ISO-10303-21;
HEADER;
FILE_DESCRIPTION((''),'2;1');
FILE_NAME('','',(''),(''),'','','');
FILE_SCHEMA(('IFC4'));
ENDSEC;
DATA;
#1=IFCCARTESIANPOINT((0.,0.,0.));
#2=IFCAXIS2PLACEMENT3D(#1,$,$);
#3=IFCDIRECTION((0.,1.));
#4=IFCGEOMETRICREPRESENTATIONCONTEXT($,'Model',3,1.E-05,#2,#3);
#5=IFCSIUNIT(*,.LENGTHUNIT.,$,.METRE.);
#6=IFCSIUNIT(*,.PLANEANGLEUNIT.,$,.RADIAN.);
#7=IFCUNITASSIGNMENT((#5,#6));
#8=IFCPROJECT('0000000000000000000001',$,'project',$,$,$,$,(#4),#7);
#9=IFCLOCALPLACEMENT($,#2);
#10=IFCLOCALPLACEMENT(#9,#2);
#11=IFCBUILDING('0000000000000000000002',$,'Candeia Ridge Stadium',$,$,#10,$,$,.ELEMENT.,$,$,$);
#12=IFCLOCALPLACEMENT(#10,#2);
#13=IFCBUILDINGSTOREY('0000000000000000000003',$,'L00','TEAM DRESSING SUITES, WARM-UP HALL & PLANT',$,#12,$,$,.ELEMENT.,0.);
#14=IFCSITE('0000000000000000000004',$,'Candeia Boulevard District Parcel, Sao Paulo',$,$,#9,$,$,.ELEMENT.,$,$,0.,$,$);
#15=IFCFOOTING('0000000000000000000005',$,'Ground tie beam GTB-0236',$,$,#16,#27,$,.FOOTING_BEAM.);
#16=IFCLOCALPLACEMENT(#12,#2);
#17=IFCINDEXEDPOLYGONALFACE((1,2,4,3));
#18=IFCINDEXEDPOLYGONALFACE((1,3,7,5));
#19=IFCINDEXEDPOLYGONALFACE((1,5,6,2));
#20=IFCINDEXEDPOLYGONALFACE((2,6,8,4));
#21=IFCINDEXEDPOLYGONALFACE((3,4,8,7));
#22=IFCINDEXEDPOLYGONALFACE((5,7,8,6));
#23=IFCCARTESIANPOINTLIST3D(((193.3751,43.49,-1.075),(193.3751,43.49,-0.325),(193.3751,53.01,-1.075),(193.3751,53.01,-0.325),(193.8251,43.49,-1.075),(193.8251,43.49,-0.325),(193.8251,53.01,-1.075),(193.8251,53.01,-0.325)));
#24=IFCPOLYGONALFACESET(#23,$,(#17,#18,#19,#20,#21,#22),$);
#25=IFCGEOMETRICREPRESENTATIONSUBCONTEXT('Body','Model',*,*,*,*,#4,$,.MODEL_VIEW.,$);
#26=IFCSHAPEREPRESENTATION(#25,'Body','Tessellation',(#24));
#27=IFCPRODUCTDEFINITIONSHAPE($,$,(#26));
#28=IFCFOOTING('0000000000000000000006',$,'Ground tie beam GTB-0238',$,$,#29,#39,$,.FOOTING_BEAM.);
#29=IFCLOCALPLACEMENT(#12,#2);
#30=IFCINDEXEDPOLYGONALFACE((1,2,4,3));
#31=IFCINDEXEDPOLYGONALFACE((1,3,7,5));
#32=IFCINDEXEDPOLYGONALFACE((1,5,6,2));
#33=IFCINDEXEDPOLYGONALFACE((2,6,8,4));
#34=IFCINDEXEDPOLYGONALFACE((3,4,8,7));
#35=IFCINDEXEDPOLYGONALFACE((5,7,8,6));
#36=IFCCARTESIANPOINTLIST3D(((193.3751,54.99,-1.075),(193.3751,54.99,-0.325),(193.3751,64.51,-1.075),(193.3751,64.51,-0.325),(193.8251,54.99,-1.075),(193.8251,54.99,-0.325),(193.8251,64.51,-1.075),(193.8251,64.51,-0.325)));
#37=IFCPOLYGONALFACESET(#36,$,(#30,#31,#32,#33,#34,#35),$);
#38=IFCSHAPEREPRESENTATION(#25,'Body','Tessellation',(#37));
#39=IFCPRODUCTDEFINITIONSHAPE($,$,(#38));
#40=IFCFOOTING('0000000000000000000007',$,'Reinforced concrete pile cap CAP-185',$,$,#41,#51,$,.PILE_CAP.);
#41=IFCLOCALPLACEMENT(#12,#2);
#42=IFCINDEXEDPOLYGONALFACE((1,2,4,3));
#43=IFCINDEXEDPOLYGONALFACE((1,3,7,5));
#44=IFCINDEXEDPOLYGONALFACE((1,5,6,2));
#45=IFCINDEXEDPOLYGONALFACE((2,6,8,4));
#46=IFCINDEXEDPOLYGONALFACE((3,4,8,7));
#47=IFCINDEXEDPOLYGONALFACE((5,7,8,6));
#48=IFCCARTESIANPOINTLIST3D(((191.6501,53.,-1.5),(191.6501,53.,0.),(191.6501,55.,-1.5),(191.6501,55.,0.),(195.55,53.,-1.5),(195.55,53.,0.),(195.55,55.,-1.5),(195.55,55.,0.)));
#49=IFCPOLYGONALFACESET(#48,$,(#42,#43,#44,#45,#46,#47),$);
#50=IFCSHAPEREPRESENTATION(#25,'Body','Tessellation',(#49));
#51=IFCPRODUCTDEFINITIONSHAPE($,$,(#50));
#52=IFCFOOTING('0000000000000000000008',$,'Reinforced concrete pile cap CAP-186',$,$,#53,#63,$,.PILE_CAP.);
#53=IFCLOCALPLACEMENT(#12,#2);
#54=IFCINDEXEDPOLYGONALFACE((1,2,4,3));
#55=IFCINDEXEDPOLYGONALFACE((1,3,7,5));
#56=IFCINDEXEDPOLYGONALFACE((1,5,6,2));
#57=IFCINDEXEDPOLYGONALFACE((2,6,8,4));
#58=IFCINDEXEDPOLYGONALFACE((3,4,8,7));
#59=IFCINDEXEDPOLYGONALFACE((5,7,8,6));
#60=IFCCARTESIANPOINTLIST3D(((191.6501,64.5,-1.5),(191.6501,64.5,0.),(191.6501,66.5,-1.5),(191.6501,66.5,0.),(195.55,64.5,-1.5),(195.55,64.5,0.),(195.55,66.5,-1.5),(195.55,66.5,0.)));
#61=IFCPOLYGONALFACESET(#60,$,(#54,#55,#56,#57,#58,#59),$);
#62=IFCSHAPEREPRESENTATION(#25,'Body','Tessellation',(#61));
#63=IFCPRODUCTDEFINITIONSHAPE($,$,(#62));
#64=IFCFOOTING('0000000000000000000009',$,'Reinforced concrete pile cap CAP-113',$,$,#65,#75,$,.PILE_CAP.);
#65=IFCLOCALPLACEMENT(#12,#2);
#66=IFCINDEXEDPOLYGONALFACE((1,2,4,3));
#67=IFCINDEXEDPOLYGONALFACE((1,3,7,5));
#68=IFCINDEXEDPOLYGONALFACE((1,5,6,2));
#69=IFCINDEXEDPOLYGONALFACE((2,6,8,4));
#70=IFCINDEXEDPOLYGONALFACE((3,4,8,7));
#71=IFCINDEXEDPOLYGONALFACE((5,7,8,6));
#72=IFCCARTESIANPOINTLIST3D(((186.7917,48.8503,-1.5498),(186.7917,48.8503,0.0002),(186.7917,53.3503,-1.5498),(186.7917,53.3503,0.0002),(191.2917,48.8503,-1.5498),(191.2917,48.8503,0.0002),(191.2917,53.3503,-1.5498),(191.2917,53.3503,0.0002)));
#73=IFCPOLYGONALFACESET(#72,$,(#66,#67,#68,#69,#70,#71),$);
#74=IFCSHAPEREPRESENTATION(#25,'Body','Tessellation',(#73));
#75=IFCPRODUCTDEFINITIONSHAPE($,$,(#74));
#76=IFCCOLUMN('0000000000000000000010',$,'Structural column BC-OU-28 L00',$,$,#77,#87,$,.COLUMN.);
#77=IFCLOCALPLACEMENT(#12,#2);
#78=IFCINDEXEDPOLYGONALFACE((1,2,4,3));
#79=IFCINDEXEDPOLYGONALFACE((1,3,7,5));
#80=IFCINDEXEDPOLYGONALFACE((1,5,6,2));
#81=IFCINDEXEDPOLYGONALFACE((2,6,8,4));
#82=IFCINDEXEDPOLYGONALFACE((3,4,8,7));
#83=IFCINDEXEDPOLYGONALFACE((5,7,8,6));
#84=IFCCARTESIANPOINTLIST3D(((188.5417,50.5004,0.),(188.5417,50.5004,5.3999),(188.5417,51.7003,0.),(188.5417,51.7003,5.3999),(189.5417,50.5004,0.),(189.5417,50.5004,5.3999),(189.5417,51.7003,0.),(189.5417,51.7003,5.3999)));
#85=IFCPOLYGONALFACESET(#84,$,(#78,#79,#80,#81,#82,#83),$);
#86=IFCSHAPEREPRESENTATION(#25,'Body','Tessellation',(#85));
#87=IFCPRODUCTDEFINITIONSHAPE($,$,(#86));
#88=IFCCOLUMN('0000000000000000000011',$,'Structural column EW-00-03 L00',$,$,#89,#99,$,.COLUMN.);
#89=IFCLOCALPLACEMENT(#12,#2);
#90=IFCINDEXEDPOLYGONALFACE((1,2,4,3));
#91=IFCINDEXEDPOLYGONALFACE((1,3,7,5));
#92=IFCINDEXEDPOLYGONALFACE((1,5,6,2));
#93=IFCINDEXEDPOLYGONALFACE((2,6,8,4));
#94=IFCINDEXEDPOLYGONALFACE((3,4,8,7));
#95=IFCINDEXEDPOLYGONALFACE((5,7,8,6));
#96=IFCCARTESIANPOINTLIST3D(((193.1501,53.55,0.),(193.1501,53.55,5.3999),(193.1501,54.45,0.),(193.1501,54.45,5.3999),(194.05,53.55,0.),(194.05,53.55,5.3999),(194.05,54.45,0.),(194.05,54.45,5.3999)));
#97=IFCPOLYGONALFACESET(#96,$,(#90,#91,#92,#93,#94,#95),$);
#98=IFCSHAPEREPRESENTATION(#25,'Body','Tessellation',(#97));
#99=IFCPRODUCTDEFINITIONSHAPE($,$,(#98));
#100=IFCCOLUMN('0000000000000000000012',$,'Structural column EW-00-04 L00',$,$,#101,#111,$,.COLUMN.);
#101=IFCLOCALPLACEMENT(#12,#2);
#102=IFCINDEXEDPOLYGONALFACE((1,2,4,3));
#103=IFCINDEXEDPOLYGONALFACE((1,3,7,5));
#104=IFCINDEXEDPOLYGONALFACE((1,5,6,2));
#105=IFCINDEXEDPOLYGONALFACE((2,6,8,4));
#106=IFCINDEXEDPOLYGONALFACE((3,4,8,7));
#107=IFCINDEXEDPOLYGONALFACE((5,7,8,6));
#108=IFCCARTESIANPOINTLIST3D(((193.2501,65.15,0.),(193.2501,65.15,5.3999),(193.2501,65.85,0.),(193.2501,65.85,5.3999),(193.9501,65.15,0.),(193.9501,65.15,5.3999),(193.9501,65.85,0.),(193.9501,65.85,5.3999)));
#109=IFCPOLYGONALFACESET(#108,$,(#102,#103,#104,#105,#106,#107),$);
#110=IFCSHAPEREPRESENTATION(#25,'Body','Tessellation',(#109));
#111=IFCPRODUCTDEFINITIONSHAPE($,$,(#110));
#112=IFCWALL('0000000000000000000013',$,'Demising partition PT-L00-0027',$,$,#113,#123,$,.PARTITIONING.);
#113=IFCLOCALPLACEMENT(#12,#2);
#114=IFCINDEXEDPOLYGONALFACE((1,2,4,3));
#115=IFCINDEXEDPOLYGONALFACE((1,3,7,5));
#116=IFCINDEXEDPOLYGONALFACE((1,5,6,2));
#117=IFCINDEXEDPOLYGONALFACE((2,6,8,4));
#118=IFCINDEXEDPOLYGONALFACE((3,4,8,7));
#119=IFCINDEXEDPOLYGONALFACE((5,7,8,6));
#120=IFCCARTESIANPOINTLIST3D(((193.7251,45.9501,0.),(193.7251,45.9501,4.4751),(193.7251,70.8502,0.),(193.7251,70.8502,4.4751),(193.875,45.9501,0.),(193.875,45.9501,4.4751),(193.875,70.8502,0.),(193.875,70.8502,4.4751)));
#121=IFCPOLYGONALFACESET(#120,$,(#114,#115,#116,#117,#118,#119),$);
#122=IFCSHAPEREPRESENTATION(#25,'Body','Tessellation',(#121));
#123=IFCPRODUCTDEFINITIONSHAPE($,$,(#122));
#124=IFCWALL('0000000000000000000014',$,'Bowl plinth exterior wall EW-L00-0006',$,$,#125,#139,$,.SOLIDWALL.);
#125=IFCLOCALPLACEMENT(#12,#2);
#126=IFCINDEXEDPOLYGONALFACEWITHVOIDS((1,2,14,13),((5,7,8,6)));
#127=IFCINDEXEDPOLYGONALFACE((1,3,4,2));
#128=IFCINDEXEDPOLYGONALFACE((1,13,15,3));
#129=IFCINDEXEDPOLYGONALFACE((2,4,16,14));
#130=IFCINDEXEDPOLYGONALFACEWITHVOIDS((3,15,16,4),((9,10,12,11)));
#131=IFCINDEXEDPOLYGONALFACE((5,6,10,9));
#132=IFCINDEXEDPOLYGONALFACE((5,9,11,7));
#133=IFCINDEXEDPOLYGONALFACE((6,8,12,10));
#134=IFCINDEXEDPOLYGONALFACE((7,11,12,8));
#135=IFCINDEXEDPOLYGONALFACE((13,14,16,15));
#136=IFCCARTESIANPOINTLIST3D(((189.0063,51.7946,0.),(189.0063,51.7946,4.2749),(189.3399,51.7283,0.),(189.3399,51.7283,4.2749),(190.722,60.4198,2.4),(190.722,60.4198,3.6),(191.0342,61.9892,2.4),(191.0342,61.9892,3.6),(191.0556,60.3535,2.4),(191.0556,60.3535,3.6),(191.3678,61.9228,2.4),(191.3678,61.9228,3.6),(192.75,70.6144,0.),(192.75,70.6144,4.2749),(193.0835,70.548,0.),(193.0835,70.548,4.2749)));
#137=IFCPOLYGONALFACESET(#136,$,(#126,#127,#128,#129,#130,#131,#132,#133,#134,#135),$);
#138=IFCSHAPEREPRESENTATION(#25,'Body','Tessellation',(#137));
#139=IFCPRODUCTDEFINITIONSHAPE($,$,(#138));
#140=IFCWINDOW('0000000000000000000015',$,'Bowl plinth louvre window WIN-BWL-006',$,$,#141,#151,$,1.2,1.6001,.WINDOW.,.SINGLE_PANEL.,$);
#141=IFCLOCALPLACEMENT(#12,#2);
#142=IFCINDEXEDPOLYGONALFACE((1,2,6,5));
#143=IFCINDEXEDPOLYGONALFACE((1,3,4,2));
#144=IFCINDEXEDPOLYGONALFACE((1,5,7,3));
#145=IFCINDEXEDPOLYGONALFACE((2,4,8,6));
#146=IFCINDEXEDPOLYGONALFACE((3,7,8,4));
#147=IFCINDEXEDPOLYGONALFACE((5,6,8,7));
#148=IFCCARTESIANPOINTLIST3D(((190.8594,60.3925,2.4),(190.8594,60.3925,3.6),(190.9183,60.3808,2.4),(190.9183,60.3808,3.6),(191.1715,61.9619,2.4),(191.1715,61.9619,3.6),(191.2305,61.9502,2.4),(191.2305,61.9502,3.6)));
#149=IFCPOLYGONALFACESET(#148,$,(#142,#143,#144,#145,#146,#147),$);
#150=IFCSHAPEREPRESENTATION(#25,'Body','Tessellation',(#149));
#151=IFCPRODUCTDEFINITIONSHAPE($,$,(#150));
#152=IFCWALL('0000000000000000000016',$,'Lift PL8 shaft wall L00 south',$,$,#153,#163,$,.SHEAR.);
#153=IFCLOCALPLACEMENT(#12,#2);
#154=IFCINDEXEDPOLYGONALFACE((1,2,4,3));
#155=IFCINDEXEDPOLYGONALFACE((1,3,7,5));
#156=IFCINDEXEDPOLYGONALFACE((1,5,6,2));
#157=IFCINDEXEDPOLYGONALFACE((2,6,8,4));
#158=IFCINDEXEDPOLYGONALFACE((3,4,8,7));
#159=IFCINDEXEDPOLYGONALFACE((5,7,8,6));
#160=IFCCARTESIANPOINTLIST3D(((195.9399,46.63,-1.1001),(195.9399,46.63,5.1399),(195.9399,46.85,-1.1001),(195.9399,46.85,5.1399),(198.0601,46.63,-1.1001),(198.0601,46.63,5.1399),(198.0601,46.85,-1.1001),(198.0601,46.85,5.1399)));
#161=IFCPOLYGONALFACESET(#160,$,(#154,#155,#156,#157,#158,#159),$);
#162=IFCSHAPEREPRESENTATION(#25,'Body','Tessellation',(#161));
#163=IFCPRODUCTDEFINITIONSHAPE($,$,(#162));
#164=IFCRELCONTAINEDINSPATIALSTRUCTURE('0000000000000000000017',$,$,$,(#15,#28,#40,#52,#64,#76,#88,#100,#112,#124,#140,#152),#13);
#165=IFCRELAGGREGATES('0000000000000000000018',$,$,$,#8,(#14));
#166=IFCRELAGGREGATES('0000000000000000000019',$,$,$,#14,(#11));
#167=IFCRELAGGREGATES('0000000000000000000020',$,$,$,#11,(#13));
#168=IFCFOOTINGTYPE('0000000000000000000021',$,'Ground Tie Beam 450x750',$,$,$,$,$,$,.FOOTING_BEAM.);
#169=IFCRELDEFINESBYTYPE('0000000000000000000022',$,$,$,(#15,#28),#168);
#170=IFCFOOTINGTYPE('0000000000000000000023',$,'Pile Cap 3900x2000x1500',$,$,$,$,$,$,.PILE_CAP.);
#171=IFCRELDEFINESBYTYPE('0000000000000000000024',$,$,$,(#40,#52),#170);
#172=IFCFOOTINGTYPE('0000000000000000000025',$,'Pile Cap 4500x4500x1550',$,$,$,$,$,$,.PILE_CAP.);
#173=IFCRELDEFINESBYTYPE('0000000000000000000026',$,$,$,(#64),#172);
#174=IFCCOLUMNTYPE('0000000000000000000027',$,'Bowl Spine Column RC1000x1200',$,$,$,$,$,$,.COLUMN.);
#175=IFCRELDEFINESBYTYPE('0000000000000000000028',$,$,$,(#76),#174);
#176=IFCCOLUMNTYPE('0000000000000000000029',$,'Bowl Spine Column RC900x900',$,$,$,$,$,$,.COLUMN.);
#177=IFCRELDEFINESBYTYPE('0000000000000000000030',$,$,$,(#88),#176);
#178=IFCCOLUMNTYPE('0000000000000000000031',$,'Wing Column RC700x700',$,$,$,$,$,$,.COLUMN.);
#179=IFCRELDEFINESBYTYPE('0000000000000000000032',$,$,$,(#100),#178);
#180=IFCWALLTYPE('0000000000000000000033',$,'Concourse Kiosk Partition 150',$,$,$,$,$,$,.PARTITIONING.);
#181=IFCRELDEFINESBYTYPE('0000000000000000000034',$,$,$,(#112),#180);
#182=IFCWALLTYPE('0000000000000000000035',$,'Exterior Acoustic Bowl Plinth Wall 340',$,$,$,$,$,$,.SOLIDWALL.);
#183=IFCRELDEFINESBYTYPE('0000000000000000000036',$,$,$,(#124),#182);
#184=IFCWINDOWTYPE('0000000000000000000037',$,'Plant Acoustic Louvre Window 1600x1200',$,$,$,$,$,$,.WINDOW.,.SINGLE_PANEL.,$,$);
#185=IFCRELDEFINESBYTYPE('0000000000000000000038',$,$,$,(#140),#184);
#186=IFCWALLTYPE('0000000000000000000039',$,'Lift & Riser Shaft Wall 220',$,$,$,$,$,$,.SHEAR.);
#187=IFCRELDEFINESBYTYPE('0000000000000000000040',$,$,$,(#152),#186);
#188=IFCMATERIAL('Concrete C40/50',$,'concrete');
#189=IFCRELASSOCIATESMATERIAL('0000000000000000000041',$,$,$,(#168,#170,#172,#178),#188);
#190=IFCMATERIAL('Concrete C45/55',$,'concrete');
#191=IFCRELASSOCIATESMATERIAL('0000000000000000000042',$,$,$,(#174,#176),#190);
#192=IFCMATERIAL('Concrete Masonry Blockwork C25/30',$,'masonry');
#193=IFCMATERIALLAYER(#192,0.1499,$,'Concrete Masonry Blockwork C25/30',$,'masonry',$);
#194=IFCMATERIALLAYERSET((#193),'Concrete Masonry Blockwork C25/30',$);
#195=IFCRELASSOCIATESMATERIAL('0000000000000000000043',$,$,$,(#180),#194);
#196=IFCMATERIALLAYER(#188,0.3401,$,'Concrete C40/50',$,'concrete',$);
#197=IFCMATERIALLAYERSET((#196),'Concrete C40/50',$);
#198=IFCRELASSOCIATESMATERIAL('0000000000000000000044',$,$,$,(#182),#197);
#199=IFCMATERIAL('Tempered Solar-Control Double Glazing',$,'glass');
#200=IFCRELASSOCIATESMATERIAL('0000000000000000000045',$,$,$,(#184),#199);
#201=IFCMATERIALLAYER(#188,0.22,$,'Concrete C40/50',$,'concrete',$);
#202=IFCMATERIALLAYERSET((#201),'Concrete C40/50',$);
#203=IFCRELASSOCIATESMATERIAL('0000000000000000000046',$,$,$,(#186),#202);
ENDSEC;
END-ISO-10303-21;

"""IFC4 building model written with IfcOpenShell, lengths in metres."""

from ifc_helpers import new_model, si_unit, direction, frame, frame_2d, origin, origin_2d, place, context, subcontext, project, spatial, rectangle, extrude, material, layer, layer_set, material_profile, profile_set, type_object, element, fill, save


model = new_model("IFC4")

# Units and contexts
model_context = context("Model", 3, precision=1e-05, world=origin(), true_north=direction((0.0, 1.0)))
body_context = subcontext(model_context, "Body", "Model", "MODEL_VIEW")
ifc_project = project(units=[si_unit("LENGTHUNIT", "METRE"), si_unit("PLANEANGLEUNIT", "RADIAN")], contexts=[model_context])

# Site, building, storey
site_placement = place(None, origin())
site = spatial("IfcSite", under=ifc_project, at=site_placement, Name="Candeia Boulevard District Parcel, Sao Paulo", CompositionType="ELEMENT", RefElevation=0.0)
building_placement = place(site_placement, origin())
building = spatial("IfcBuilding", under=site, at=building_placement, Name="Candeia Ridge Stadium", CompositionType="ELEMENT")
storey_placement = place(building_placement, origin())
storey = spatial("IfcBuildingStorey", under=building, at=storey_placement, Name="L00", Description="TEAM DRESSING SUITES, WARM-UP HALL & PLANT", CompositionType="ELEMENT", Elevation=0.0)

# Shared definitions
ifc_material_1 = material(Name="Concrete C40/50", Category="concrete")

# Footings
footing_type_1 = type_object("IfcFootingType", Name="Ground Tie Beam 450x750", PredefinedType="FOOTING_BEAM", material=ifc_material_1)
for number, where, z_axis, x_axis, name in (
    (1, (193.6001, 48.25, -1.075), (0.0, 0.0, 1.0), (0.0, 1.0, 0.0), "Ground tie beam GTB-0236"),
    (2, (193.6001, 59.75, -1.075), (0.0, 0.0, 1.0), (0.0, 1.0, 0.0), "Ground tie beam GTB-0238"),
):
    element("IfcFooting", number, at=place(storey_placement, frame(where, z_axis=z_axis, x_axis=x_axis)), inside=storey, type_object=footing_type_1, Name=name, PredefinedType="FOOTING_BEAM", context=body_context, shape_type="SweptSolid", body=[
        extrude(rectangle(XDim=9.52, YDim=0.45, at=origin_2d()), origin(), (0.0, 0.0, 1.0), 0.75),
    ])
footing_type_2 = type_object("IfcFootingType", Name="Pile Cap 3900x2000x1500", PredefinedType="PILE_CAP", material=ifc_material_1)
for number, where, z_axis, x_axis, name in (
    (3, (193.6001, 54.0, -1.5), (0.0, 0.0, 1.0), (1.0, 0.0, 0.0), "Reinforced concrete pile cap CAP-185"),
    (4, (193.6001, 65.5, -1.5), (0.0, 0.0, 1.0), (1.0, 0.0, 0.0), "Reinforced concrete pile cap CAP-186"),
):
    element("IfcFooting", number, at=place(storey_placement, frame(where, z_axis=z_axis, x_axis=x_axis)), inside=storey, type_object=footing_type_2, Name=name, PredefinedType="PILE_CAP", context=body_context, shape_type="SweptSolid", body=[
        extrude(rectangle(XDim=3.8999, YDim=2.0, at=origin_2d()), origin(), (0.0, 0.0, 1.0), 1.5),
    ])
footing_type_3 = type_object("IfcFootingType", Name="Pile Cap 4500x4500x1550", PredefinedType="PILE_CAP", material=ifc_material_1)
footing_placement = place(storey_placement, frame((189.0417, 51.1003, -1.5498), z_axis=(0.0, 0.0, 1.0), x_axis=(1.0, 0.0, 0.0)))
element("IfcFooting", 5, at=footing_placement, inside=storey, type_object=footing_type_3, Name="Reinforced concrete pile cap CAP-113", PredefinedType="PILE_CAP", context=body_context, shape_type="SweptSolid", body=[
    extrude(rectangle(XDim=4.5, YDim=4.5, at=origin_2d()), origin(), (0.0, 0.0, 1.0), 1.55),
])

# Columns
ifc_material_2 = material(Name="Concrete C45/55", Category="concrete")
ifc_material_profile_1 = material_profile(ifc_material_2, rectangle(XDim=1.0, YDim=1.2, at=origin_2d()), Name="RC1000x1200", Category="concrete")
ifc_profile_set_1 = profile_set([ifc_material_profile_1], Name="Concrete C45/55")
column_type_1 = type_object("IfcColumnType", Name="Bowl Spine Column RC1000x1200", PredefinedType="COLUMN", material=ifc_profile_set_1)
column_1_placement = place(storey_placement, frame((189.0417, 51.1003, 0.0), z_axis=(0.0, 0.0, 1.0), x_axis=(1.0, 0.0, 0.0)))
element("IfcColumn", 6, at=column_1_placement, inside=storey, type_object=column_type_1, Name="Structural column BC-OU-28 L00", PredefinedType="COLUMN", context=body_context, shape_type="SweptSolid", body=[
    extrude(rectangle(XDim=1.0, YDim=1.2, at=origin_2d()), origin(), (0.0, 0.0, 1.0), 5.3999),
])
ifc_material_profile_2 = material_profile(ifc_material_2, rectangle(XDim=0.8999, YDim=0.8999, at=origin_2d()), Name="RC900x900", Category="concrete")
ifc_profile_set_2 = profile_set([ifc_material_profile_2], Name="Concrete C45/55")
column_type_2 = type_object("IfcColumnType", Name="Bowl Spine Column RC900x900", PredefinedType="COLUMN", material=ifc_profile_set_2)
column_2_placement = place(storey_placement, frame((193.6001, 54.0, 0.0), z_axis=(0.0, 0.0, 1.0), x_axis=(1.0, 0.0, 0.0)))
element("IfcColumn", 7, at=column_2_placement, inside=storey, type_object=column_type_2, Name="Structural column EW-00-03 L00", PredefinedType="COLUMN", context=body_context, shape_type="SweptSolid", body=[
    extrude(rectangle(XDim=0.8999, YDim=0.8999, at=origin_2d()), origin(), (0.0, 0.0, 1.0), 5.3999),
])
ifc_material_profile_3 = material_profile(ifc_material_1, rectangle(XDim=0.7, YDim=0.7, at=origin_2d()), Name="RC700x700", Category="concrete")
ifc_profile_set_3 = profile_set([ifc_material_profile_3], Name="Concrete C40/50")
column_type_3 = type_object("IfcColumnType", Name="Wing Column RC700x700", PredefinedType="COLUMN", material=ifc_profile_set_3)
column_3_placement = place(storey_placement, frame((193.6001, 65.5, 0.0), z_axis=(0.0, 0.0, 1.0), x_axis=(1.0, 0.0, 0.0)))
element("IfcColumn", 8, at=column_3_placement, inside=storey, type_object=column_type_3, Name="Structural column EW-00-04 L00", PredefinedType="COLUMN", context=body_context, shape_type="SweptSolid", body=[
    extrude(rectangle(XDim=0.7, YDim=0.7, at=origin_2d()), origin(), (0.0, 0.0, 1.0), 5.3999),
])

# Wall
ifc_material_3 = material(Name="Concrete Masonry Blockwork C25/30", Category="masonry")
ifc_layer_1 = layer(ifc_material_3, 0.1499, Name="Concrete Masonry Blockwork C25/30", Category="masonry")
ifc_layer_set_1 = layer_set([ifc_layer_1], Name="Concrete Masonry Blockwork C25/30")
wall_type_1 = type_object("IfcWallType", Name="Concourse Kiosk Partition 150", PredefinedType="PARTITIONING", material=ifc_layer_set_1)
wall_1_placement = place(storey_placement, frame((193.8, 45.95, 0.0), z_axis=(0.0, 0.0, 1.0), x_axis=(0.0, 1.0, 0.0)))
element("IfcWall", 9, at=wall_1_placement, inside=storey, type_object=wall_type_1, Name="Demising partition PT-L00-0027", PredefinedType="PARTITIONING", context=body_context, shape_type="SweptSolid", body=[
    extrude(rectangle(XDim=24.9001, YDim=0.1499, at=frame_2d((12.4502, 0.0))), origin(), (0.0, 0.0, 1.0), 4.4751),
])

# Wall, opening, window
ifc_layer_2 = layer(ifc_material_1, 0.3401, Name="Concrete C40/50", Category="concrete")
ifc_layer_set_2 = layer_set([ifc_layer_2], Name="Concrete C40/50")
wall_type_2 = type_object("IfcWallType", Name="Exterior Acoustic Bowl Plinth Wall 340", PredefinedType="SOLIDWALL", material=ifc_layer_set_2)
wall_2_placement = place(storey_placement, frame((189.1731, 51.7615, 0.0), z_axis=(0.0, 0.0, 1.0), x_axis=(0.195098, 0.980784, 0.0)))
wall_2 = element("IfcWall", 10, at=wall_2_placement, inside=storey, type_object=wall_type_2, Name="Bowl plinth exterior wall EW-L00-0006", PredefinedType="SOLIDWALL", context=body_context, shape_type="SweptSolid", body=[
    extrude(rectangle(XDim=19.1885, YDim=0.3401, at=frame_2d((9.5942, 0.0))), origin(), (0.0, 0.0, 1.0), 4.2749),
])
opening_1_placement = place(wall_2_placement, frame((8.7942, 0.0, 2.3999)))
opening_1 = element("IfcOpeningElement", 11, at=opening_1_placement, cuts=wall_2, PredefinedType="OPENING", context=body_context, shape_type="SweptSolid", body=[
    extrude(rectangle(XDim=1.6001, YDim=1.2, at=frame_2d((0.8, 0.6001))), frame((0.0, 0.1799, 0.0), z_axis=(0.0, -1.0, 0.0), x_axis=(1.0, 0.0, 0.0)), (0.0, 0.0, 1.0), 0.3601),
])
ifc_material_4 = material(Name="Tempered Solar-Control Double Glazing", Category="glass")
window_type = type_object("IfcWindowType", Name="Plant Acoustic Louvre Window 1600x1200", PartitioningType="SINGLE_PANEL", PredefinedType="WINDOW", material=ifc_material_4)
window_placement = place(opening_1_placement, origin())
window = element("IfcWindow", 12, at=window_placement, inside=storey, type_object=window_type, Name="Bowl plinth louvre window WIN-BWL-006", OverallHeight=1.2, OverallWidth=1.6001, PartitioningType="SINGLE_PANEL", PredefinedType="WINDOW", context=body_context, shape_type="SweptSolid", body=[
    extrude(rectangle(XDim=1.6001, YDim=1.2, at=frame_2d((0.8, 0.6001))), frame((0.0, 0.03, 0.0), z_axis=(0.0, -1.0, 0.0), x_axis=(1.0, 0.0, 0.0)), (0.0, 0.0, 1.0), 0.0601),
])
fill(opening_1, window)

# Wall
ifc_layer_3 = layer(ifc_material_1, 0.22, Name="Concrete C40/50", Category="concrete")
ifc_layer_set_3 = layer_set([ifc_layer_3], Name="Concrete C40/50")
wall_type_3 = type_object("IfcWallType", Name="Lift & Riser Shaft Wall 220", PredefinedType="SHEAR", material=ifc_layer_set_3)
wall_3_placement = place(storey_placement, frame((195.9399, 46.74, -1.1001), z_axis=(0.0, 0.0, 1.0), x_axis=(1.0, 0.0, 0.0)))
element("IfcWall", 13, at=wall_3_placement, inside=storey, type_object=wall_type_3, Name="Lift PL8 shaft wall L00 south", PredefinedType="SHEAR", context=body_context, shape_type="SweptSolid", body=[
    extrude(rectangle(XDim=2.1201, YDim=0.22, at=frame_2d((1.0601, 0.0))), origin(), (0.0, 0.0, 1.0), 6.24),
])

save(model, "model.ifc")
